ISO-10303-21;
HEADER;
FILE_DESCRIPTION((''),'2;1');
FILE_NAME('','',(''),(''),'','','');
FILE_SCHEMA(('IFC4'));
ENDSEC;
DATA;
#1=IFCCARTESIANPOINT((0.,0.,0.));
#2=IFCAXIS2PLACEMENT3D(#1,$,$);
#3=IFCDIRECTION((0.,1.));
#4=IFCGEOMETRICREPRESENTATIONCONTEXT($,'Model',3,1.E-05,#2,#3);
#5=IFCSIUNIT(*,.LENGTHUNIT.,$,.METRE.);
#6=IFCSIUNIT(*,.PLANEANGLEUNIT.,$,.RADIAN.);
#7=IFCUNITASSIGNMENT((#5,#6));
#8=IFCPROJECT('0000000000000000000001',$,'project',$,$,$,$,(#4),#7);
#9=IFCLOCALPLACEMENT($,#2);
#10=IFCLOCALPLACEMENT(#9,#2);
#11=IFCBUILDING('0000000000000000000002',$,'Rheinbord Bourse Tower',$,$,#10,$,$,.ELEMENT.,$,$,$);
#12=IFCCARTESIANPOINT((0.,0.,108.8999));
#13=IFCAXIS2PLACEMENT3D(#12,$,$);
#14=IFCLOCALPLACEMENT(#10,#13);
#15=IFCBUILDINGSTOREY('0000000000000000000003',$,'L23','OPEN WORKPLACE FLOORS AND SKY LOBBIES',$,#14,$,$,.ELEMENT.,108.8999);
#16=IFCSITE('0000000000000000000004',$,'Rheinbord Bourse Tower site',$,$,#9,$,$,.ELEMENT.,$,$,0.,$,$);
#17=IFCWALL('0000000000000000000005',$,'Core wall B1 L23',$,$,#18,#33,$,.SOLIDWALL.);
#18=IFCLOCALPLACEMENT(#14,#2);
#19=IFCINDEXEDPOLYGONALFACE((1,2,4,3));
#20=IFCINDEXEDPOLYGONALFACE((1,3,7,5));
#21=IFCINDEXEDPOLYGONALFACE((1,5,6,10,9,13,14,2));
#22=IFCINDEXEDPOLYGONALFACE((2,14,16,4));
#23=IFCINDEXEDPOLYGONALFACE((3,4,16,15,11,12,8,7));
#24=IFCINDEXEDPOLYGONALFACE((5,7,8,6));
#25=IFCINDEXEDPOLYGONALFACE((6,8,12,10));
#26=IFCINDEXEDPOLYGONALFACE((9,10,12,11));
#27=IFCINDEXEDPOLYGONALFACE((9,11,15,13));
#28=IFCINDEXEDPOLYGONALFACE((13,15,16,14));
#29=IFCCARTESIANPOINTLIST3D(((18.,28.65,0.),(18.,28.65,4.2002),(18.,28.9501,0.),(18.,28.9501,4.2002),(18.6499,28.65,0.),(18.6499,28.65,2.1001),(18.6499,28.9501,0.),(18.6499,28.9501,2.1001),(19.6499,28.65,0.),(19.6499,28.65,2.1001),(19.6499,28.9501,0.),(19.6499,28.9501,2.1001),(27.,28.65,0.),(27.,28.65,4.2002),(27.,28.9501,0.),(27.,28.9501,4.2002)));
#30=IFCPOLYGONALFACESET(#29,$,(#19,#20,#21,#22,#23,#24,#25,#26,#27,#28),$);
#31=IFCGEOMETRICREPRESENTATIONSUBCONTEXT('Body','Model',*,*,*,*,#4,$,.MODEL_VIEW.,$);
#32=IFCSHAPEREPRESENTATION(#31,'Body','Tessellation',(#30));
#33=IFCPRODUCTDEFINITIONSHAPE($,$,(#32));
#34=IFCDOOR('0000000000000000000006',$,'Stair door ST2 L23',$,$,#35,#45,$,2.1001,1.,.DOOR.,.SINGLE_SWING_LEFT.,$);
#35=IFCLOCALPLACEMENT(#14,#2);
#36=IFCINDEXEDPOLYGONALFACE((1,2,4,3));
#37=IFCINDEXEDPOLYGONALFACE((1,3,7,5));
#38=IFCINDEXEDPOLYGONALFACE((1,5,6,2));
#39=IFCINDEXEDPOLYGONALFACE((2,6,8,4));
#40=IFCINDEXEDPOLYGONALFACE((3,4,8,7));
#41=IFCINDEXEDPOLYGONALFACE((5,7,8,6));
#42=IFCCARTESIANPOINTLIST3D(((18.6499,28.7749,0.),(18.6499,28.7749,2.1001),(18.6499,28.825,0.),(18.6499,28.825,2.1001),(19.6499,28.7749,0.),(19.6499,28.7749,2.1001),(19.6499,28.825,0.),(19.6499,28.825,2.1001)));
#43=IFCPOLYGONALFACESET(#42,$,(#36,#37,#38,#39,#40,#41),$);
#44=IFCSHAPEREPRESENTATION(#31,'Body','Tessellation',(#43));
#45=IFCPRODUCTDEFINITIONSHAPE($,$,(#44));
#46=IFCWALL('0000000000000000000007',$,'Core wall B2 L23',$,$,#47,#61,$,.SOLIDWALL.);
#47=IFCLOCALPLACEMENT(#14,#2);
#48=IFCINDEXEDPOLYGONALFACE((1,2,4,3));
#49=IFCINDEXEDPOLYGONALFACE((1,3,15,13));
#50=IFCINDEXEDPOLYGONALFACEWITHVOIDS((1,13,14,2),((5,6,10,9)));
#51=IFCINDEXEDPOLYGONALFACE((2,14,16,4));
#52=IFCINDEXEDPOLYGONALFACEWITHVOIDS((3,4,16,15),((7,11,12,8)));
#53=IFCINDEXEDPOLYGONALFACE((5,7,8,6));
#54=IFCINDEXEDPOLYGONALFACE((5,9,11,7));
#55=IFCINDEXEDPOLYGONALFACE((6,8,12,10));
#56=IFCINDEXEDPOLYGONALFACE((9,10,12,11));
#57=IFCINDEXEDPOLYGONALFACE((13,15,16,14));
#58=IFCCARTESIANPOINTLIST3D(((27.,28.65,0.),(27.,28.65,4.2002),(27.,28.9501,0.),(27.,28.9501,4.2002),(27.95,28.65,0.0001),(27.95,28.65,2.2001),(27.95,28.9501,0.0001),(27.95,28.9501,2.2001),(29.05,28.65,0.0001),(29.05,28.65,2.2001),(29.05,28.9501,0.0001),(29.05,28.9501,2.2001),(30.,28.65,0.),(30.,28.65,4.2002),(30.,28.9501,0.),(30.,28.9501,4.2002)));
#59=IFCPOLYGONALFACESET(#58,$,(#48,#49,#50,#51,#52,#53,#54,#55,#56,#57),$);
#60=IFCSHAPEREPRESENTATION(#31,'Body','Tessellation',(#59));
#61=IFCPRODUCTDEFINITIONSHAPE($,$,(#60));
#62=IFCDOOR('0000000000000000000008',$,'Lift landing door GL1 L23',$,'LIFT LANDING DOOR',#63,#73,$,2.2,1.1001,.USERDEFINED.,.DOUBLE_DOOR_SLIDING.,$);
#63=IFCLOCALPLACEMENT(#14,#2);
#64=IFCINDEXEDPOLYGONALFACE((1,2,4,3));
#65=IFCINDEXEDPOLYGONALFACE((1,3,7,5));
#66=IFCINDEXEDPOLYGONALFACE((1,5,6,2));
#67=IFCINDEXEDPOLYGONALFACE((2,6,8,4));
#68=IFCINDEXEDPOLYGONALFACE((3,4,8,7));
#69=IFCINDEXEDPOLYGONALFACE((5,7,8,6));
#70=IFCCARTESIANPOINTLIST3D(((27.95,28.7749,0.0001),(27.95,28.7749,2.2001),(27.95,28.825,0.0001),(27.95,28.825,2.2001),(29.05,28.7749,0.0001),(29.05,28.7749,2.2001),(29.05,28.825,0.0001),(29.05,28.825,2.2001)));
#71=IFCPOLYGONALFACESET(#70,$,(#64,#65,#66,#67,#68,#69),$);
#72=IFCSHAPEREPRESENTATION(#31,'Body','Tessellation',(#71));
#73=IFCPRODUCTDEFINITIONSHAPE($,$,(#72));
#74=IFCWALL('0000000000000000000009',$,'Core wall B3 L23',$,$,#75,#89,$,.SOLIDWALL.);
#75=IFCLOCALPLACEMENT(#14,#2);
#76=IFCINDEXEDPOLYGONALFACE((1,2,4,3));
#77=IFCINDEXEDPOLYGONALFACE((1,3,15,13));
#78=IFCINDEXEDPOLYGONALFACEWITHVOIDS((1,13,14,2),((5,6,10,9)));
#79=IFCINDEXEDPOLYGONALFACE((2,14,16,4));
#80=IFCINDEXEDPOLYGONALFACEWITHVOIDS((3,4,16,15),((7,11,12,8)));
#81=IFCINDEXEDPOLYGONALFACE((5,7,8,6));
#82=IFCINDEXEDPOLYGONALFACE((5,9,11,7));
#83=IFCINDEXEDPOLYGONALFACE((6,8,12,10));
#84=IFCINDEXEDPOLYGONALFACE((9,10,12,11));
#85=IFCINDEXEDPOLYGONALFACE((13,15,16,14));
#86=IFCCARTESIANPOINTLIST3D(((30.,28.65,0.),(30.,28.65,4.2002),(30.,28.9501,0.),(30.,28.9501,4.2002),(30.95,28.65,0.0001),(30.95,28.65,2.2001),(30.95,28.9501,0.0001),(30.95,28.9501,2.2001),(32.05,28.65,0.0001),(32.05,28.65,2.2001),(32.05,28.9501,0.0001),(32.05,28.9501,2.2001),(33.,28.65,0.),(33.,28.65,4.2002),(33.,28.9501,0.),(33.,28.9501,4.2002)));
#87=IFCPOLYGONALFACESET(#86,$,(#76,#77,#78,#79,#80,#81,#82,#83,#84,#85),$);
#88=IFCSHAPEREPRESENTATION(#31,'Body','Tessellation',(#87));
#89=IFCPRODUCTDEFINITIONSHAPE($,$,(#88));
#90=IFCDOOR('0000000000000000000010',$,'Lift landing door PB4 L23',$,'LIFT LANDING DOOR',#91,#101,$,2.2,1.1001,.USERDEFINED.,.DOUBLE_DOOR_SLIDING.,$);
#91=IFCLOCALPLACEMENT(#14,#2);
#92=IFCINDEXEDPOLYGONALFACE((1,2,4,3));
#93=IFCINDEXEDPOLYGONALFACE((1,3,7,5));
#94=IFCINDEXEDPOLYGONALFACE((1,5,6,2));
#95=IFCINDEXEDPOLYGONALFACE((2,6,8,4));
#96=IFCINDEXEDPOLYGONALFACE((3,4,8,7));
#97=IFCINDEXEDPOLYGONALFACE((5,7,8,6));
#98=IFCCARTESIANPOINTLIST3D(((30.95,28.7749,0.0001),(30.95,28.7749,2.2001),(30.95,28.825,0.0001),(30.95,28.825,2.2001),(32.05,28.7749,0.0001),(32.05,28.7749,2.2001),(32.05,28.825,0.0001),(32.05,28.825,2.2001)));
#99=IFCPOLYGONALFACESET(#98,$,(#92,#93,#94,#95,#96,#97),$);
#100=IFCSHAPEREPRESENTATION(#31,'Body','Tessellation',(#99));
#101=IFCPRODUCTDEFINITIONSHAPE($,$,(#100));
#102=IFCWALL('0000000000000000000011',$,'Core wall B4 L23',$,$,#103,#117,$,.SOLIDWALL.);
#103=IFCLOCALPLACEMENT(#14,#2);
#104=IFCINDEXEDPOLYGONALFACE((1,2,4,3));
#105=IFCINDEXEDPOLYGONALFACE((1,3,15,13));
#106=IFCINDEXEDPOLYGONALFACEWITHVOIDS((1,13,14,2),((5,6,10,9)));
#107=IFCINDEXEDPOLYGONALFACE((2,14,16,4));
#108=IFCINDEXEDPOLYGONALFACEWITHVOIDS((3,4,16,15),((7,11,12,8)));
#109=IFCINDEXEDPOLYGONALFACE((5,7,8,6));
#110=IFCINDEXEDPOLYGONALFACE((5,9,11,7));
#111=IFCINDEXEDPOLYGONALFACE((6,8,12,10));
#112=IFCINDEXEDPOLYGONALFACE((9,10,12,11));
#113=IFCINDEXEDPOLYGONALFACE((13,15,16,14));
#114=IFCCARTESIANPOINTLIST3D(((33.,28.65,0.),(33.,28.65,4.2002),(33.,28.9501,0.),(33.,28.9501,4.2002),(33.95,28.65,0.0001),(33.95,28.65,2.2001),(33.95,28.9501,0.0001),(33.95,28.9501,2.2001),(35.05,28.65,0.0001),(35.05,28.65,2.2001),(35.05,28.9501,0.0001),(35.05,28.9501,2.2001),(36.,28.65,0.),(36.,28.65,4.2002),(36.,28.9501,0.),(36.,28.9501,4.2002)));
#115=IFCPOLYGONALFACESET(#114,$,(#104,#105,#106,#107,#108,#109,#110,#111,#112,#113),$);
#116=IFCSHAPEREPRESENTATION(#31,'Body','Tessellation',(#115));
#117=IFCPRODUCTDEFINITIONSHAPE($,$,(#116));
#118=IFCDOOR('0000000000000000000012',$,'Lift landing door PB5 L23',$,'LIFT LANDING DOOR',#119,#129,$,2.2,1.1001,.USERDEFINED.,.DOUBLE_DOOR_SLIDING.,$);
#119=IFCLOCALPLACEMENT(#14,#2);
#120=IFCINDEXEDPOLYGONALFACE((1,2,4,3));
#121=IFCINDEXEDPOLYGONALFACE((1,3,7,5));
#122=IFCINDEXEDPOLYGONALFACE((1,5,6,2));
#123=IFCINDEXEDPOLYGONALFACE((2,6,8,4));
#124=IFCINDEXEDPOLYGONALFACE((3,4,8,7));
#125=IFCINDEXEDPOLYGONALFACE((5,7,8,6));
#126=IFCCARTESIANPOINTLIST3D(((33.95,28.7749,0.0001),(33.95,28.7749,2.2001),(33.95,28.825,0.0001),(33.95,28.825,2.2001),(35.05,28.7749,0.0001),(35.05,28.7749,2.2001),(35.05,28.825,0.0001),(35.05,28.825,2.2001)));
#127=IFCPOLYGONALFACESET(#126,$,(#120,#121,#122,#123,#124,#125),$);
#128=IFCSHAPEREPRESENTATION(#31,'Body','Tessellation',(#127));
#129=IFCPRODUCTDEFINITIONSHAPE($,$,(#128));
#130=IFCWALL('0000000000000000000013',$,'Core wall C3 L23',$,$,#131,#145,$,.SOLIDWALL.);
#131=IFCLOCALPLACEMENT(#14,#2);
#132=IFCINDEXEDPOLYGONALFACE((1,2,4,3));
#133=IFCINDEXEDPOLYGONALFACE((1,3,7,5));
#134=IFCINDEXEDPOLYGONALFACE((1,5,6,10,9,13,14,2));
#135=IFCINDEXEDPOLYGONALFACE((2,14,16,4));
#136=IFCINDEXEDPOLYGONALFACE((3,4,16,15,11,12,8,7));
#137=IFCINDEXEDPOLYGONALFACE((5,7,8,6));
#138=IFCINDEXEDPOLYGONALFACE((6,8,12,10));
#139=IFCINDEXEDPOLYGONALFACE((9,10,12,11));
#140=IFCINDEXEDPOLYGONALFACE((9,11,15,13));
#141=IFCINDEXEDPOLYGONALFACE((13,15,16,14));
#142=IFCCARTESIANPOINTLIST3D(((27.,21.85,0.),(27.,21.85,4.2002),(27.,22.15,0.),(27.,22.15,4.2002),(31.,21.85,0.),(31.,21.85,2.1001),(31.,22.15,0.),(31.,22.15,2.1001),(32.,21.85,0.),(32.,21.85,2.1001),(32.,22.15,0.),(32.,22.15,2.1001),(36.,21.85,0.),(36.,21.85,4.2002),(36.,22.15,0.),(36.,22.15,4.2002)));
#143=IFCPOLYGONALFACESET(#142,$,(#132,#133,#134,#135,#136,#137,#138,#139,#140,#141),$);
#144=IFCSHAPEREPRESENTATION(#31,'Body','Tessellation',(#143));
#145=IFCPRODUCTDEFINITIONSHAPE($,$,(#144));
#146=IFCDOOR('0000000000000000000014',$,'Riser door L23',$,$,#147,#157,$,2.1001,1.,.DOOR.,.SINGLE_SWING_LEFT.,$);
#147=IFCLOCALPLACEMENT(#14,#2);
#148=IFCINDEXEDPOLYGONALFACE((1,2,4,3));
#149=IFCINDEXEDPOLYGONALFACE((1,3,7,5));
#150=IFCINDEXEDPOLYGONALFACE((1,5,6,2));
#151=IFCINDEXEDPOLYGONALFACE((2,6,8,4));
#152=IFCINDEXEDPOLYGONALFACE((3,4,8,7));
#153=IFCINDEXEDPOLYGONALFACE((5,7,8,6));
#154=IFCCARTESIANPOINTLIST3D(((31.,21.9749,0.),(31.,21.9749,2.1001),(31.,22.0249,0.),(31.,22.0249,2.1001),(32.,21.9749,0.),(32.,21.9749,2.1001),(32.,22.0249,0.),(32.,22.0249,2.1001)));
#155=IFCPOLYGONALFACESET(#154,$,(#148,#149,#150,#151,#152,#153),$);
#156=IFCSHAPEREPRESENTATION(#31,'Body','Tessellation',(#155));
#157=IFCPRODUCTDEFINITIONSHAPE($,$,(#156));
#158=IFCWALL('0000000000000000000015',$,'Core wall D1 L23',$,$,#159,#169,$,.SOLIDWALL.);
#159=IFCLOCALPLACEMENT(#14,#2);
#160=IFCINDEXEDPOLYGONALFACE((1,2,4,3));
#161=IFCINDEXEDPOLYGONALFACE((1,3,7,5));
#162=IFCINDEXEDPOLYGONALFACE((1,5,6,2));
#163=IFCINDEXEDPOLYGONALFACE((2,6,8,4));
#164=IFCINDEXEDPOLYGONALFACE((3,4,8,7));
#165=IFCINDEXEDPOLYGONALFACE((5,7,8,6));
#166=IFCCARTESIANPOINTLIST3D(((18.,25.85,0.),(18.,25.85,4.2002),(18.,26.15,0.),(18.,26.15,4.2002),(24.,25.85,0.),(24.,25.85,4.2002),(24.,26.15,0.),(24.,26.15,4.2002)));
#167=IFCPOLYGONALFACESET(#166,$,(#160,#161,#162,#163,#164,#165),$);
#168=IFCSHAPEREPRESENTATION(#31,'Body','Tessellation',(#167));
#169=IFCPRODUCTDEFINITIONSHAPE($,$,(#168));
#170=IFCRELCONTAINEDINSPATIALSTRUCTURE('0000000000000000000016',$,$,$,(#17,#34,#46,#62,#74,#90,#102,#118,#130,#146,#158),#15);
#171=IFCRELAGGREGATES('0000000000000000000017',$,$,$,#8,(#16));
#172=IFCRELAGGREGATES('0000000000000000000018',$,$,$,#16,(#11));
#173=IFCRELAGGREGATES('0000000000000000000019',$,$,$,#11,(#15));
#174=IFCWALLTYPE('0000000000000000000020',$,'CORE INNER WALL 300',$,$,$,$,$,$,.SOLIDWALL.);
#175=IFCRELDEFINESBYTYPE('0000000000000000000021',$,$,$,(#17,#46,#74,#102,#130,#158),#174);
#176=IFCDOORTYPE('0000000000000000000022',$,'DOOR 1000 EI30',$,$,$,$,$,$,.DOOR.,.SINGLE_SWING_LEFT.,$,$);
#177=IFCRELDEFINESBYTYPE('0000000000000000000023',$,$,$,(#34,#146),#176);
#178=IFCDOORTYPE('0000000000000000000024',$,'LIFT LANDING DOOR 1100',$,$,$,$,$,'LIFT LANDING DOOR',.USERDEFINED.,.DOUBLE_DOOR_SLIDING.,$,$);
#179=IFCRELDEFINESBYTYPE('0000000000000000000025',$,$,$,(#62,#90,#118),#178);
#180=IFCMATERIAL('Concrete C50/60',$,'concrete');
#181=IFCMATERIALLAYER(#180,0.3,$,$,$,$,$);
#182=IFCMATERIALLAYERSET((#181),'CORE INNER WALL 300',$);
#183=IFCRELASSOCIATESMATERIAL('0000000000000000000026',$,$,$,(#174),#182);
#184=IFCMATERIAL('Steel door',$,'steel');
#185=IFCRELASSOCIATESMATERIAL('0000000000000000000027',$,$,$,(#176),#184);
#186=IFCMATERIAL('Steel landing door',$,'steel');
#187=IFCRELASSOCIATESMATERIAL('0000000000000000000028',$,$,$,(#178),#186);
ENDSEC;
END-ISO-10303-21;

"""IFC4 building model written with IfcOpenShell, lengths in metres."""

from ifc_helpers import new_model, si_unit, direction, frame, frame_2d, origin, place, context, subcontext, project, spatial, rectangle, extrude, material, layer, layer_set, type_object, element, fill, save


model = new_model("IFC4")

# Units and contexts
model_context = context("Model", 3, precision=1e-05, world=origin(), true_north=direction((0.0, 1.0)))
body_context = subcontext(model_context, "Body", "Model", "MODEL_VIEW")
ifc_project = project(units=[si_unit("LENGTHUNIT", "METRE"), si_unit("PLANEANGLEUNIT", "RADIAN")], contexts=[model_context])

# Site, building, storey
site_placement = place(None, origin())
site = spatial("IfcSite", under=ifc_project, at=site_placement, Name="Rheinbord Bourse Tower site", CompositionType="ELEMENT", RefElevation=0.0)
building_placement = place(site_placement, origin())
building = spatial("IfcBuilding", under=site, at=building_placement, Name="Rheinbord Bourse Tower", CompositionType="ELEMENT")
storey_placement = place(building_placement, frame((0.0, 0.0, 108.8999)))
storey = spatial("IfcBuildingStorey", under=building, at=storey_placement, Name="L23", Description="OPEN WORKPLACE FLOORS AND SKY LOBBIES", CompositionType="ELEMENT", Elevation=108.8999)

# Walls, openings, doors
ifc_material_1 = material(Name="Concrete C50/60", Category="concrete")
ifc_layer_1 = layer(ifc_material_1, 0.3)
ifc_layer_set_1 = layer_set([ifc_layer_1], Name="CORE INNER WALL 300")
wall_type_1 = type_object("IfcWallType", Name="CORE INNER WALL 300", PredefinedType="SOLIDWALL", material=ifc_layer_set_1)
wall_1_placement = place(storey_placement, frame((18.0, 28.8, 0.0), z_axis=(0.0, 0.0, 1.0), x_axis=(1.0, 0.0, 0.0)))
wall_1 = element("IfcWall", 1, at=wall_1_placement, inside=storey, type_object=wall_type_1, Name="Core wall B1 L23", PredefinedType="SOLIDWALL", context=body_context, shape_type="SweptSolid", body=[
    extrude(rectangle(XDim=9.0, YDim=0.3, at=frame_2d((4.5, 0.0))), origin(), (0.0, 0.0, 1.0), 4.2002),
])
opening_1_placement = place(wall_1_placement, frame((0.6499, 0.0, 0.0)))
opening_1 = element("IfcOpeningElement", 2, at=opening_1_placement, cuts=wall_1, PredefinedType="OPENING", context=body_context, shape_type="SweptSolid", body=[
    extrude(rectangle(XDim=1.0, YDim=2.1001, at=frame_2d((0.5, 1.05))), frame((0.0, 0.1599, 0.0), z_axis=(0.0, -1.0, 0.0), x_axis=(1.0, 0.0, 0.0)), (0.0, 0.0, 1.0), 0.3201),
])
ifc_material_2 = material(Name="Steel door", Category="steel")
door_type_1 = type_object("IfcDoorType", Name="DOOR 1000 EI30", OperationType="SINGLE_SWING_LEFT", PredefinedType="DOOR", material=ifc_material_2)
door_1_placement = place(opening_1_placement, origin())
door_1 = element("IfcDoor", 3, at=door_1_placement, inside=storey, type_object=door_type_1, Name="Stair door ST2 L23", OperationType="SINGLE_SWING_LEFT", OverallHeight=2.1001, OverallWidth=1.0, PredefinedType="DOOR", context=body_context, shape_type="SweptSolid", body=[
    extrude(rectangle(XDim=1.0, YDim=2.1001, at=frame_2d((0.5, 1.05))), frame((0.0, 0.0249, 0.0), z_axis=(0.0, -1.0, 0.0), x_axis=(1.0, 0.0, 0.0)), (0.0, 0.0, 1.0), 0.05),
])
fill(opening_1, door_1)
wall_2_placement = place(storey_placement, frame((27.0, 28.8, 0.0), z_axis=(0.0, 0.0, 1.0), x_axis=(1.0, 0.0, 0.0)))
wall_2 = element("IfcWall", 4, at=wall_2_placement, inside=storey, type_object=wall_type_1, Name="Core wall B2 L23", PredefinedType="SOLIDWALL", context=body_context, shape_type="SweptSolid", body=[
    extrude(rectangle(XDim=3.0, YDim=0.3, at=frame_2d((1.5, 0.0))), origin(), (0.0, 0.0, 1.0), 4.2002),
])
opening_2_placement = place(wall_2_placement, frame((0.95, 0.0, 0.0)))
opening_2 = element("IfcOpeningElement", 5, at=opening_2_placement, cuts=wall_2, PredefinedType="OPENING", context=body_context, shape_type="SweptSolid", body=[
    extrude(rectangle(XDim=1.1001, YDim=2.2, at=frame_2d((0.55, 1.1001))), frame((0.0, 0.1599, 0.0), z_axis=(0.0, -1.0, 0.0), x_axis=(1.0, 0.0, 0.0)), (0.0, 0.0, 1.0), 0.3201),
])
ifc_material_3 = material(Name="Steel landing door", Category="steel")
door_type_2 = type_object("IfcDoorType", Name="LIFT LANDING DOOR 1100", ElementType="LIFT LANDING DOOR", OperationType="DOUBLE_DOOR_SLIDING", PredefinedType="USERDEFINED", material=ifc_material_3)
door_2_placement = place(opening_2_placement, origin())
door_2 = element("IfcDoor", 6, at=door_2_placement, inside=storey, type_object=door_type_2, Name="Lift landing door GL1 L23", ObjectType="LIFT LANDING DOOR", OperationType="DOUBLE_DOOR_SLIDING", OverallHeight=2.2, OverallWidth=1.1001, PredefinedType="USERDEFINED", context=body_context, shape_type="SweptSolid", body=[
    extrude(rectangle(XDim=1.1001, YDim=2.2, at=frame_2d((0.55, 1.1001))), frame((0.0, 0.0249, 0.0), z_axis=(0.0, -1.0, 0.0), x_axis=(1.0, 0.0, 0.0)), (0.0, 0.0, 1.0), 0.05),
])
fill(opening_2, door_2)
wall_3_placement = place(storey_placement, frame((30.0, 28.8, 0.0), z_axis=(0.0, 0.0, 1.0), x_axis=(1.0, 0.0, 0.0)))
wall_3 = element("IfcWall", 7, at=wall_3_placement, inside=storey, type_object=wall_type_1, Name="Core wall B3 L23", PredefinedType="SOLIDWALL", context=body_context, shape_type="SweptSolid", body=[
    extrude(rectangle(XDim=3.0, YDim=0.3, at=frame_2d((1.5, 0.0))), origin(), (0.0, 0.0, 1.0), 4.2002),
])
opening_3_placement = place(wall_3_placement, frame((0.95, 0.0, 0.0)))
opening_3 = element("IfcOpeningElement", 8, at=opening_3_placement, cuts=wall_3, PredefinedType="OPENING", context=body_context, shape_type="SweptSolid", body=[
    extrude(rectangle(XDim=1.1001, YDim=2.2, at=frame_2d((0.55, 1.1001))), frame((0.0, 0.1599, 0.0), z_axis=(0.0, -1.0, 0.0), x_axis=(1.0, 0.0, 0.0)), (0.0, 0.0, 1.0), 0.3201),
])
door_3_placement = place(opening_3_placement, origin())
door_3 = element("IfcDoor", 9, at=door_3_placement, inside=storey, type_object=door_type_2, Name="Lift landing door PB4 L23", ObjectType="LIFT LANDING DOOR", OperationType="DOUBLE_DOOR_SLIDING", OverallHeight=2.2, OverallWidth=1.1001, PredefinedType="USERDEFINED", context=body_context, shape_type="SweptSolid", body=[
    extrude(rectangle(XDim=1.1001, YDim=2.2, at=frame_2d((0.55, 1.1001))), frame((0.0, 0.0249, 0.0), z_axis=(0.0, -1.0, 0.0), x_axis=(1.0, 0.0, 0.0)), (0.0, 0.0, 1.0), 0.05),
])
fill(opening_3, door_3)
wall_4_placement = place(storey_placement, frame((33.0, 28.8, 0.0), z_axis=(0.0, 0.0, 1.0), x_axis=(1.0, 0.0, 0.0)))
wall_4 = element("IfcWall", 10, at=wall_4_placement, inside=storey, type_object=wall_type_1, Name="Core wall B4 L23", PredefinedType="SOLIDWALL", context=body_context, shape_type="SweptSolid", body=[
    extrude(rectangle(XDim=3.0, YDim=0.3, at=frame_2d((1.5, 0.0))), origin(), (0.0, 0.0, 1.0), 4.2002),
])
opening_4_placement = place(wall_4_placement, frame((0.95, 0.0, 0.0)))
opening_4 = element("IfcOpeningElement", 11, at=opening_4_placement, cuts=wall_4, PredefinedType="OPENING", context=body_context, shape_type="SweptSolid", body=[
    extrude(rectangle(XDim=1.1001, YDim=2.2, at=frame_2d((0.55, 1.1001))), frame((0.0, 0.1599, 0.0), z_axis=(0.0, -1.0, 0.0), x_axis=(1.0, 0.0, 0.0)), (0.0, 0.0, 1.0), 0.3201),
])
door_4_placement = place(opening_4_placement, origin())
door_4 = element("IfcDoor", 12, at=door_4_placement, inside=storey, type_object=door_type_2, Name="Lift landing door PB5 L23", ObjectType="LIFT LANDING DOOR", OperationType="DOUBLE_DOOR_SLIDING", OverallHeight=2.2, OverallWidth=1.1001, PredefinedType="USERDEFINED", context=body_context, shape_type="SweptSolid", body=[
    extrude(rectangle(XDim=1.1001, YDim=2.2, at=frame_2d((0.55, 1.1001))), frame((0.0, 0.0249, 0.0), z_axis=(0.0, -1.0, 0.0), x_axis=(1.0, 0.0, 0.0)), (0.0, 0.0, 1.0), 0.05),
])
fill(opening_4, door_4)
wall_5_placement = place(storey_placement, frame((27.0, 22.0, 0.0), z_axis=(0.0, 0.0, 1.0), x_axis=(1.0, 0.0, 0.0)))
wall_5 = element("IfcWall", 13, at=wall_5_placement, inside=storey, type_object=wall_type_1, Name="Core wall C3 L23", PredefinedType="SOLIDWALL", context=body_context, shape_type="SweptSolid", body=[
    extrude(rectangle(XDim=9.0, YDim=0.3, at=frame_2d((4.5, 0.0))), origin(), (0.0, 0.0, 1.0), 4.2002),
])
opening_5_placement = place(wall_5_placement, frame((4.0, 0.0, 0.0)))
opening_5 = element("IfcOpeningElement", 14, at=opening_5_placement, cuts=wall_5, PredefinedType="OPENING", context=body_context, shape_type="SweptSolid", body=[
    extrude(rectangle(XDim=1.0, YDim=2.1001, at=frame_2d((0.5, 1.05))), frame((0.0, 0.1599, 0.0), z_axis=(0.0, -1.0, 0.0), x_axis=(1.0, 0.0, 0.0)), (0.0, 0.0, 1.0), 0.3201),
])
door_5_placement = place(opening_5_placement, origin())
door_5 = element("IfcDoor", 15, at=door_5_placement, inside=storey, type_object=door_type_1, Name="Riser door L23", OperationType="SINGLE_SWING_LEFT", OverallHeight=2.1001, OverallWidth=1.0, PredefinedType="DOOR", context=body_context, shape_type="SweptSolid", body=[
    extrude(rectangle(XDim=1.0, YDim=2.1001, at=frame_2d((0.5, 1.05))), frame((0.0, 0.0249, 0.0), z_axis=(0.0, -1.0, 0.0), x_axis=(1.0, 0.0, 0.0)), (0.0, 0.0, 1.0), 0.05),
])
fill(opening_5, door_5)

# Wall
wall_6_placement = place(storey_placement, frame((18.0, 26.0, 0.0), z_axis=(0.0, 0.0, 1.0), x_axis=(1.0, 0.0, 0.0)))
element("IfcWall", 16, at=wall_6_placement, inside=storey, type_object=wall_type_1, Name="Core wall D1 L23", PredefinedType="SOLIDWALL", context=body_context, shape_type="SweptSolid", body=[
    extrude(rectangle(XDim=6.0, YDim=0.3, at=frame_2d((3.0, 0.0))), origin(), (0.0, 0.0, 1.0), 4.2002),
])

save(model, "model.ifc")
